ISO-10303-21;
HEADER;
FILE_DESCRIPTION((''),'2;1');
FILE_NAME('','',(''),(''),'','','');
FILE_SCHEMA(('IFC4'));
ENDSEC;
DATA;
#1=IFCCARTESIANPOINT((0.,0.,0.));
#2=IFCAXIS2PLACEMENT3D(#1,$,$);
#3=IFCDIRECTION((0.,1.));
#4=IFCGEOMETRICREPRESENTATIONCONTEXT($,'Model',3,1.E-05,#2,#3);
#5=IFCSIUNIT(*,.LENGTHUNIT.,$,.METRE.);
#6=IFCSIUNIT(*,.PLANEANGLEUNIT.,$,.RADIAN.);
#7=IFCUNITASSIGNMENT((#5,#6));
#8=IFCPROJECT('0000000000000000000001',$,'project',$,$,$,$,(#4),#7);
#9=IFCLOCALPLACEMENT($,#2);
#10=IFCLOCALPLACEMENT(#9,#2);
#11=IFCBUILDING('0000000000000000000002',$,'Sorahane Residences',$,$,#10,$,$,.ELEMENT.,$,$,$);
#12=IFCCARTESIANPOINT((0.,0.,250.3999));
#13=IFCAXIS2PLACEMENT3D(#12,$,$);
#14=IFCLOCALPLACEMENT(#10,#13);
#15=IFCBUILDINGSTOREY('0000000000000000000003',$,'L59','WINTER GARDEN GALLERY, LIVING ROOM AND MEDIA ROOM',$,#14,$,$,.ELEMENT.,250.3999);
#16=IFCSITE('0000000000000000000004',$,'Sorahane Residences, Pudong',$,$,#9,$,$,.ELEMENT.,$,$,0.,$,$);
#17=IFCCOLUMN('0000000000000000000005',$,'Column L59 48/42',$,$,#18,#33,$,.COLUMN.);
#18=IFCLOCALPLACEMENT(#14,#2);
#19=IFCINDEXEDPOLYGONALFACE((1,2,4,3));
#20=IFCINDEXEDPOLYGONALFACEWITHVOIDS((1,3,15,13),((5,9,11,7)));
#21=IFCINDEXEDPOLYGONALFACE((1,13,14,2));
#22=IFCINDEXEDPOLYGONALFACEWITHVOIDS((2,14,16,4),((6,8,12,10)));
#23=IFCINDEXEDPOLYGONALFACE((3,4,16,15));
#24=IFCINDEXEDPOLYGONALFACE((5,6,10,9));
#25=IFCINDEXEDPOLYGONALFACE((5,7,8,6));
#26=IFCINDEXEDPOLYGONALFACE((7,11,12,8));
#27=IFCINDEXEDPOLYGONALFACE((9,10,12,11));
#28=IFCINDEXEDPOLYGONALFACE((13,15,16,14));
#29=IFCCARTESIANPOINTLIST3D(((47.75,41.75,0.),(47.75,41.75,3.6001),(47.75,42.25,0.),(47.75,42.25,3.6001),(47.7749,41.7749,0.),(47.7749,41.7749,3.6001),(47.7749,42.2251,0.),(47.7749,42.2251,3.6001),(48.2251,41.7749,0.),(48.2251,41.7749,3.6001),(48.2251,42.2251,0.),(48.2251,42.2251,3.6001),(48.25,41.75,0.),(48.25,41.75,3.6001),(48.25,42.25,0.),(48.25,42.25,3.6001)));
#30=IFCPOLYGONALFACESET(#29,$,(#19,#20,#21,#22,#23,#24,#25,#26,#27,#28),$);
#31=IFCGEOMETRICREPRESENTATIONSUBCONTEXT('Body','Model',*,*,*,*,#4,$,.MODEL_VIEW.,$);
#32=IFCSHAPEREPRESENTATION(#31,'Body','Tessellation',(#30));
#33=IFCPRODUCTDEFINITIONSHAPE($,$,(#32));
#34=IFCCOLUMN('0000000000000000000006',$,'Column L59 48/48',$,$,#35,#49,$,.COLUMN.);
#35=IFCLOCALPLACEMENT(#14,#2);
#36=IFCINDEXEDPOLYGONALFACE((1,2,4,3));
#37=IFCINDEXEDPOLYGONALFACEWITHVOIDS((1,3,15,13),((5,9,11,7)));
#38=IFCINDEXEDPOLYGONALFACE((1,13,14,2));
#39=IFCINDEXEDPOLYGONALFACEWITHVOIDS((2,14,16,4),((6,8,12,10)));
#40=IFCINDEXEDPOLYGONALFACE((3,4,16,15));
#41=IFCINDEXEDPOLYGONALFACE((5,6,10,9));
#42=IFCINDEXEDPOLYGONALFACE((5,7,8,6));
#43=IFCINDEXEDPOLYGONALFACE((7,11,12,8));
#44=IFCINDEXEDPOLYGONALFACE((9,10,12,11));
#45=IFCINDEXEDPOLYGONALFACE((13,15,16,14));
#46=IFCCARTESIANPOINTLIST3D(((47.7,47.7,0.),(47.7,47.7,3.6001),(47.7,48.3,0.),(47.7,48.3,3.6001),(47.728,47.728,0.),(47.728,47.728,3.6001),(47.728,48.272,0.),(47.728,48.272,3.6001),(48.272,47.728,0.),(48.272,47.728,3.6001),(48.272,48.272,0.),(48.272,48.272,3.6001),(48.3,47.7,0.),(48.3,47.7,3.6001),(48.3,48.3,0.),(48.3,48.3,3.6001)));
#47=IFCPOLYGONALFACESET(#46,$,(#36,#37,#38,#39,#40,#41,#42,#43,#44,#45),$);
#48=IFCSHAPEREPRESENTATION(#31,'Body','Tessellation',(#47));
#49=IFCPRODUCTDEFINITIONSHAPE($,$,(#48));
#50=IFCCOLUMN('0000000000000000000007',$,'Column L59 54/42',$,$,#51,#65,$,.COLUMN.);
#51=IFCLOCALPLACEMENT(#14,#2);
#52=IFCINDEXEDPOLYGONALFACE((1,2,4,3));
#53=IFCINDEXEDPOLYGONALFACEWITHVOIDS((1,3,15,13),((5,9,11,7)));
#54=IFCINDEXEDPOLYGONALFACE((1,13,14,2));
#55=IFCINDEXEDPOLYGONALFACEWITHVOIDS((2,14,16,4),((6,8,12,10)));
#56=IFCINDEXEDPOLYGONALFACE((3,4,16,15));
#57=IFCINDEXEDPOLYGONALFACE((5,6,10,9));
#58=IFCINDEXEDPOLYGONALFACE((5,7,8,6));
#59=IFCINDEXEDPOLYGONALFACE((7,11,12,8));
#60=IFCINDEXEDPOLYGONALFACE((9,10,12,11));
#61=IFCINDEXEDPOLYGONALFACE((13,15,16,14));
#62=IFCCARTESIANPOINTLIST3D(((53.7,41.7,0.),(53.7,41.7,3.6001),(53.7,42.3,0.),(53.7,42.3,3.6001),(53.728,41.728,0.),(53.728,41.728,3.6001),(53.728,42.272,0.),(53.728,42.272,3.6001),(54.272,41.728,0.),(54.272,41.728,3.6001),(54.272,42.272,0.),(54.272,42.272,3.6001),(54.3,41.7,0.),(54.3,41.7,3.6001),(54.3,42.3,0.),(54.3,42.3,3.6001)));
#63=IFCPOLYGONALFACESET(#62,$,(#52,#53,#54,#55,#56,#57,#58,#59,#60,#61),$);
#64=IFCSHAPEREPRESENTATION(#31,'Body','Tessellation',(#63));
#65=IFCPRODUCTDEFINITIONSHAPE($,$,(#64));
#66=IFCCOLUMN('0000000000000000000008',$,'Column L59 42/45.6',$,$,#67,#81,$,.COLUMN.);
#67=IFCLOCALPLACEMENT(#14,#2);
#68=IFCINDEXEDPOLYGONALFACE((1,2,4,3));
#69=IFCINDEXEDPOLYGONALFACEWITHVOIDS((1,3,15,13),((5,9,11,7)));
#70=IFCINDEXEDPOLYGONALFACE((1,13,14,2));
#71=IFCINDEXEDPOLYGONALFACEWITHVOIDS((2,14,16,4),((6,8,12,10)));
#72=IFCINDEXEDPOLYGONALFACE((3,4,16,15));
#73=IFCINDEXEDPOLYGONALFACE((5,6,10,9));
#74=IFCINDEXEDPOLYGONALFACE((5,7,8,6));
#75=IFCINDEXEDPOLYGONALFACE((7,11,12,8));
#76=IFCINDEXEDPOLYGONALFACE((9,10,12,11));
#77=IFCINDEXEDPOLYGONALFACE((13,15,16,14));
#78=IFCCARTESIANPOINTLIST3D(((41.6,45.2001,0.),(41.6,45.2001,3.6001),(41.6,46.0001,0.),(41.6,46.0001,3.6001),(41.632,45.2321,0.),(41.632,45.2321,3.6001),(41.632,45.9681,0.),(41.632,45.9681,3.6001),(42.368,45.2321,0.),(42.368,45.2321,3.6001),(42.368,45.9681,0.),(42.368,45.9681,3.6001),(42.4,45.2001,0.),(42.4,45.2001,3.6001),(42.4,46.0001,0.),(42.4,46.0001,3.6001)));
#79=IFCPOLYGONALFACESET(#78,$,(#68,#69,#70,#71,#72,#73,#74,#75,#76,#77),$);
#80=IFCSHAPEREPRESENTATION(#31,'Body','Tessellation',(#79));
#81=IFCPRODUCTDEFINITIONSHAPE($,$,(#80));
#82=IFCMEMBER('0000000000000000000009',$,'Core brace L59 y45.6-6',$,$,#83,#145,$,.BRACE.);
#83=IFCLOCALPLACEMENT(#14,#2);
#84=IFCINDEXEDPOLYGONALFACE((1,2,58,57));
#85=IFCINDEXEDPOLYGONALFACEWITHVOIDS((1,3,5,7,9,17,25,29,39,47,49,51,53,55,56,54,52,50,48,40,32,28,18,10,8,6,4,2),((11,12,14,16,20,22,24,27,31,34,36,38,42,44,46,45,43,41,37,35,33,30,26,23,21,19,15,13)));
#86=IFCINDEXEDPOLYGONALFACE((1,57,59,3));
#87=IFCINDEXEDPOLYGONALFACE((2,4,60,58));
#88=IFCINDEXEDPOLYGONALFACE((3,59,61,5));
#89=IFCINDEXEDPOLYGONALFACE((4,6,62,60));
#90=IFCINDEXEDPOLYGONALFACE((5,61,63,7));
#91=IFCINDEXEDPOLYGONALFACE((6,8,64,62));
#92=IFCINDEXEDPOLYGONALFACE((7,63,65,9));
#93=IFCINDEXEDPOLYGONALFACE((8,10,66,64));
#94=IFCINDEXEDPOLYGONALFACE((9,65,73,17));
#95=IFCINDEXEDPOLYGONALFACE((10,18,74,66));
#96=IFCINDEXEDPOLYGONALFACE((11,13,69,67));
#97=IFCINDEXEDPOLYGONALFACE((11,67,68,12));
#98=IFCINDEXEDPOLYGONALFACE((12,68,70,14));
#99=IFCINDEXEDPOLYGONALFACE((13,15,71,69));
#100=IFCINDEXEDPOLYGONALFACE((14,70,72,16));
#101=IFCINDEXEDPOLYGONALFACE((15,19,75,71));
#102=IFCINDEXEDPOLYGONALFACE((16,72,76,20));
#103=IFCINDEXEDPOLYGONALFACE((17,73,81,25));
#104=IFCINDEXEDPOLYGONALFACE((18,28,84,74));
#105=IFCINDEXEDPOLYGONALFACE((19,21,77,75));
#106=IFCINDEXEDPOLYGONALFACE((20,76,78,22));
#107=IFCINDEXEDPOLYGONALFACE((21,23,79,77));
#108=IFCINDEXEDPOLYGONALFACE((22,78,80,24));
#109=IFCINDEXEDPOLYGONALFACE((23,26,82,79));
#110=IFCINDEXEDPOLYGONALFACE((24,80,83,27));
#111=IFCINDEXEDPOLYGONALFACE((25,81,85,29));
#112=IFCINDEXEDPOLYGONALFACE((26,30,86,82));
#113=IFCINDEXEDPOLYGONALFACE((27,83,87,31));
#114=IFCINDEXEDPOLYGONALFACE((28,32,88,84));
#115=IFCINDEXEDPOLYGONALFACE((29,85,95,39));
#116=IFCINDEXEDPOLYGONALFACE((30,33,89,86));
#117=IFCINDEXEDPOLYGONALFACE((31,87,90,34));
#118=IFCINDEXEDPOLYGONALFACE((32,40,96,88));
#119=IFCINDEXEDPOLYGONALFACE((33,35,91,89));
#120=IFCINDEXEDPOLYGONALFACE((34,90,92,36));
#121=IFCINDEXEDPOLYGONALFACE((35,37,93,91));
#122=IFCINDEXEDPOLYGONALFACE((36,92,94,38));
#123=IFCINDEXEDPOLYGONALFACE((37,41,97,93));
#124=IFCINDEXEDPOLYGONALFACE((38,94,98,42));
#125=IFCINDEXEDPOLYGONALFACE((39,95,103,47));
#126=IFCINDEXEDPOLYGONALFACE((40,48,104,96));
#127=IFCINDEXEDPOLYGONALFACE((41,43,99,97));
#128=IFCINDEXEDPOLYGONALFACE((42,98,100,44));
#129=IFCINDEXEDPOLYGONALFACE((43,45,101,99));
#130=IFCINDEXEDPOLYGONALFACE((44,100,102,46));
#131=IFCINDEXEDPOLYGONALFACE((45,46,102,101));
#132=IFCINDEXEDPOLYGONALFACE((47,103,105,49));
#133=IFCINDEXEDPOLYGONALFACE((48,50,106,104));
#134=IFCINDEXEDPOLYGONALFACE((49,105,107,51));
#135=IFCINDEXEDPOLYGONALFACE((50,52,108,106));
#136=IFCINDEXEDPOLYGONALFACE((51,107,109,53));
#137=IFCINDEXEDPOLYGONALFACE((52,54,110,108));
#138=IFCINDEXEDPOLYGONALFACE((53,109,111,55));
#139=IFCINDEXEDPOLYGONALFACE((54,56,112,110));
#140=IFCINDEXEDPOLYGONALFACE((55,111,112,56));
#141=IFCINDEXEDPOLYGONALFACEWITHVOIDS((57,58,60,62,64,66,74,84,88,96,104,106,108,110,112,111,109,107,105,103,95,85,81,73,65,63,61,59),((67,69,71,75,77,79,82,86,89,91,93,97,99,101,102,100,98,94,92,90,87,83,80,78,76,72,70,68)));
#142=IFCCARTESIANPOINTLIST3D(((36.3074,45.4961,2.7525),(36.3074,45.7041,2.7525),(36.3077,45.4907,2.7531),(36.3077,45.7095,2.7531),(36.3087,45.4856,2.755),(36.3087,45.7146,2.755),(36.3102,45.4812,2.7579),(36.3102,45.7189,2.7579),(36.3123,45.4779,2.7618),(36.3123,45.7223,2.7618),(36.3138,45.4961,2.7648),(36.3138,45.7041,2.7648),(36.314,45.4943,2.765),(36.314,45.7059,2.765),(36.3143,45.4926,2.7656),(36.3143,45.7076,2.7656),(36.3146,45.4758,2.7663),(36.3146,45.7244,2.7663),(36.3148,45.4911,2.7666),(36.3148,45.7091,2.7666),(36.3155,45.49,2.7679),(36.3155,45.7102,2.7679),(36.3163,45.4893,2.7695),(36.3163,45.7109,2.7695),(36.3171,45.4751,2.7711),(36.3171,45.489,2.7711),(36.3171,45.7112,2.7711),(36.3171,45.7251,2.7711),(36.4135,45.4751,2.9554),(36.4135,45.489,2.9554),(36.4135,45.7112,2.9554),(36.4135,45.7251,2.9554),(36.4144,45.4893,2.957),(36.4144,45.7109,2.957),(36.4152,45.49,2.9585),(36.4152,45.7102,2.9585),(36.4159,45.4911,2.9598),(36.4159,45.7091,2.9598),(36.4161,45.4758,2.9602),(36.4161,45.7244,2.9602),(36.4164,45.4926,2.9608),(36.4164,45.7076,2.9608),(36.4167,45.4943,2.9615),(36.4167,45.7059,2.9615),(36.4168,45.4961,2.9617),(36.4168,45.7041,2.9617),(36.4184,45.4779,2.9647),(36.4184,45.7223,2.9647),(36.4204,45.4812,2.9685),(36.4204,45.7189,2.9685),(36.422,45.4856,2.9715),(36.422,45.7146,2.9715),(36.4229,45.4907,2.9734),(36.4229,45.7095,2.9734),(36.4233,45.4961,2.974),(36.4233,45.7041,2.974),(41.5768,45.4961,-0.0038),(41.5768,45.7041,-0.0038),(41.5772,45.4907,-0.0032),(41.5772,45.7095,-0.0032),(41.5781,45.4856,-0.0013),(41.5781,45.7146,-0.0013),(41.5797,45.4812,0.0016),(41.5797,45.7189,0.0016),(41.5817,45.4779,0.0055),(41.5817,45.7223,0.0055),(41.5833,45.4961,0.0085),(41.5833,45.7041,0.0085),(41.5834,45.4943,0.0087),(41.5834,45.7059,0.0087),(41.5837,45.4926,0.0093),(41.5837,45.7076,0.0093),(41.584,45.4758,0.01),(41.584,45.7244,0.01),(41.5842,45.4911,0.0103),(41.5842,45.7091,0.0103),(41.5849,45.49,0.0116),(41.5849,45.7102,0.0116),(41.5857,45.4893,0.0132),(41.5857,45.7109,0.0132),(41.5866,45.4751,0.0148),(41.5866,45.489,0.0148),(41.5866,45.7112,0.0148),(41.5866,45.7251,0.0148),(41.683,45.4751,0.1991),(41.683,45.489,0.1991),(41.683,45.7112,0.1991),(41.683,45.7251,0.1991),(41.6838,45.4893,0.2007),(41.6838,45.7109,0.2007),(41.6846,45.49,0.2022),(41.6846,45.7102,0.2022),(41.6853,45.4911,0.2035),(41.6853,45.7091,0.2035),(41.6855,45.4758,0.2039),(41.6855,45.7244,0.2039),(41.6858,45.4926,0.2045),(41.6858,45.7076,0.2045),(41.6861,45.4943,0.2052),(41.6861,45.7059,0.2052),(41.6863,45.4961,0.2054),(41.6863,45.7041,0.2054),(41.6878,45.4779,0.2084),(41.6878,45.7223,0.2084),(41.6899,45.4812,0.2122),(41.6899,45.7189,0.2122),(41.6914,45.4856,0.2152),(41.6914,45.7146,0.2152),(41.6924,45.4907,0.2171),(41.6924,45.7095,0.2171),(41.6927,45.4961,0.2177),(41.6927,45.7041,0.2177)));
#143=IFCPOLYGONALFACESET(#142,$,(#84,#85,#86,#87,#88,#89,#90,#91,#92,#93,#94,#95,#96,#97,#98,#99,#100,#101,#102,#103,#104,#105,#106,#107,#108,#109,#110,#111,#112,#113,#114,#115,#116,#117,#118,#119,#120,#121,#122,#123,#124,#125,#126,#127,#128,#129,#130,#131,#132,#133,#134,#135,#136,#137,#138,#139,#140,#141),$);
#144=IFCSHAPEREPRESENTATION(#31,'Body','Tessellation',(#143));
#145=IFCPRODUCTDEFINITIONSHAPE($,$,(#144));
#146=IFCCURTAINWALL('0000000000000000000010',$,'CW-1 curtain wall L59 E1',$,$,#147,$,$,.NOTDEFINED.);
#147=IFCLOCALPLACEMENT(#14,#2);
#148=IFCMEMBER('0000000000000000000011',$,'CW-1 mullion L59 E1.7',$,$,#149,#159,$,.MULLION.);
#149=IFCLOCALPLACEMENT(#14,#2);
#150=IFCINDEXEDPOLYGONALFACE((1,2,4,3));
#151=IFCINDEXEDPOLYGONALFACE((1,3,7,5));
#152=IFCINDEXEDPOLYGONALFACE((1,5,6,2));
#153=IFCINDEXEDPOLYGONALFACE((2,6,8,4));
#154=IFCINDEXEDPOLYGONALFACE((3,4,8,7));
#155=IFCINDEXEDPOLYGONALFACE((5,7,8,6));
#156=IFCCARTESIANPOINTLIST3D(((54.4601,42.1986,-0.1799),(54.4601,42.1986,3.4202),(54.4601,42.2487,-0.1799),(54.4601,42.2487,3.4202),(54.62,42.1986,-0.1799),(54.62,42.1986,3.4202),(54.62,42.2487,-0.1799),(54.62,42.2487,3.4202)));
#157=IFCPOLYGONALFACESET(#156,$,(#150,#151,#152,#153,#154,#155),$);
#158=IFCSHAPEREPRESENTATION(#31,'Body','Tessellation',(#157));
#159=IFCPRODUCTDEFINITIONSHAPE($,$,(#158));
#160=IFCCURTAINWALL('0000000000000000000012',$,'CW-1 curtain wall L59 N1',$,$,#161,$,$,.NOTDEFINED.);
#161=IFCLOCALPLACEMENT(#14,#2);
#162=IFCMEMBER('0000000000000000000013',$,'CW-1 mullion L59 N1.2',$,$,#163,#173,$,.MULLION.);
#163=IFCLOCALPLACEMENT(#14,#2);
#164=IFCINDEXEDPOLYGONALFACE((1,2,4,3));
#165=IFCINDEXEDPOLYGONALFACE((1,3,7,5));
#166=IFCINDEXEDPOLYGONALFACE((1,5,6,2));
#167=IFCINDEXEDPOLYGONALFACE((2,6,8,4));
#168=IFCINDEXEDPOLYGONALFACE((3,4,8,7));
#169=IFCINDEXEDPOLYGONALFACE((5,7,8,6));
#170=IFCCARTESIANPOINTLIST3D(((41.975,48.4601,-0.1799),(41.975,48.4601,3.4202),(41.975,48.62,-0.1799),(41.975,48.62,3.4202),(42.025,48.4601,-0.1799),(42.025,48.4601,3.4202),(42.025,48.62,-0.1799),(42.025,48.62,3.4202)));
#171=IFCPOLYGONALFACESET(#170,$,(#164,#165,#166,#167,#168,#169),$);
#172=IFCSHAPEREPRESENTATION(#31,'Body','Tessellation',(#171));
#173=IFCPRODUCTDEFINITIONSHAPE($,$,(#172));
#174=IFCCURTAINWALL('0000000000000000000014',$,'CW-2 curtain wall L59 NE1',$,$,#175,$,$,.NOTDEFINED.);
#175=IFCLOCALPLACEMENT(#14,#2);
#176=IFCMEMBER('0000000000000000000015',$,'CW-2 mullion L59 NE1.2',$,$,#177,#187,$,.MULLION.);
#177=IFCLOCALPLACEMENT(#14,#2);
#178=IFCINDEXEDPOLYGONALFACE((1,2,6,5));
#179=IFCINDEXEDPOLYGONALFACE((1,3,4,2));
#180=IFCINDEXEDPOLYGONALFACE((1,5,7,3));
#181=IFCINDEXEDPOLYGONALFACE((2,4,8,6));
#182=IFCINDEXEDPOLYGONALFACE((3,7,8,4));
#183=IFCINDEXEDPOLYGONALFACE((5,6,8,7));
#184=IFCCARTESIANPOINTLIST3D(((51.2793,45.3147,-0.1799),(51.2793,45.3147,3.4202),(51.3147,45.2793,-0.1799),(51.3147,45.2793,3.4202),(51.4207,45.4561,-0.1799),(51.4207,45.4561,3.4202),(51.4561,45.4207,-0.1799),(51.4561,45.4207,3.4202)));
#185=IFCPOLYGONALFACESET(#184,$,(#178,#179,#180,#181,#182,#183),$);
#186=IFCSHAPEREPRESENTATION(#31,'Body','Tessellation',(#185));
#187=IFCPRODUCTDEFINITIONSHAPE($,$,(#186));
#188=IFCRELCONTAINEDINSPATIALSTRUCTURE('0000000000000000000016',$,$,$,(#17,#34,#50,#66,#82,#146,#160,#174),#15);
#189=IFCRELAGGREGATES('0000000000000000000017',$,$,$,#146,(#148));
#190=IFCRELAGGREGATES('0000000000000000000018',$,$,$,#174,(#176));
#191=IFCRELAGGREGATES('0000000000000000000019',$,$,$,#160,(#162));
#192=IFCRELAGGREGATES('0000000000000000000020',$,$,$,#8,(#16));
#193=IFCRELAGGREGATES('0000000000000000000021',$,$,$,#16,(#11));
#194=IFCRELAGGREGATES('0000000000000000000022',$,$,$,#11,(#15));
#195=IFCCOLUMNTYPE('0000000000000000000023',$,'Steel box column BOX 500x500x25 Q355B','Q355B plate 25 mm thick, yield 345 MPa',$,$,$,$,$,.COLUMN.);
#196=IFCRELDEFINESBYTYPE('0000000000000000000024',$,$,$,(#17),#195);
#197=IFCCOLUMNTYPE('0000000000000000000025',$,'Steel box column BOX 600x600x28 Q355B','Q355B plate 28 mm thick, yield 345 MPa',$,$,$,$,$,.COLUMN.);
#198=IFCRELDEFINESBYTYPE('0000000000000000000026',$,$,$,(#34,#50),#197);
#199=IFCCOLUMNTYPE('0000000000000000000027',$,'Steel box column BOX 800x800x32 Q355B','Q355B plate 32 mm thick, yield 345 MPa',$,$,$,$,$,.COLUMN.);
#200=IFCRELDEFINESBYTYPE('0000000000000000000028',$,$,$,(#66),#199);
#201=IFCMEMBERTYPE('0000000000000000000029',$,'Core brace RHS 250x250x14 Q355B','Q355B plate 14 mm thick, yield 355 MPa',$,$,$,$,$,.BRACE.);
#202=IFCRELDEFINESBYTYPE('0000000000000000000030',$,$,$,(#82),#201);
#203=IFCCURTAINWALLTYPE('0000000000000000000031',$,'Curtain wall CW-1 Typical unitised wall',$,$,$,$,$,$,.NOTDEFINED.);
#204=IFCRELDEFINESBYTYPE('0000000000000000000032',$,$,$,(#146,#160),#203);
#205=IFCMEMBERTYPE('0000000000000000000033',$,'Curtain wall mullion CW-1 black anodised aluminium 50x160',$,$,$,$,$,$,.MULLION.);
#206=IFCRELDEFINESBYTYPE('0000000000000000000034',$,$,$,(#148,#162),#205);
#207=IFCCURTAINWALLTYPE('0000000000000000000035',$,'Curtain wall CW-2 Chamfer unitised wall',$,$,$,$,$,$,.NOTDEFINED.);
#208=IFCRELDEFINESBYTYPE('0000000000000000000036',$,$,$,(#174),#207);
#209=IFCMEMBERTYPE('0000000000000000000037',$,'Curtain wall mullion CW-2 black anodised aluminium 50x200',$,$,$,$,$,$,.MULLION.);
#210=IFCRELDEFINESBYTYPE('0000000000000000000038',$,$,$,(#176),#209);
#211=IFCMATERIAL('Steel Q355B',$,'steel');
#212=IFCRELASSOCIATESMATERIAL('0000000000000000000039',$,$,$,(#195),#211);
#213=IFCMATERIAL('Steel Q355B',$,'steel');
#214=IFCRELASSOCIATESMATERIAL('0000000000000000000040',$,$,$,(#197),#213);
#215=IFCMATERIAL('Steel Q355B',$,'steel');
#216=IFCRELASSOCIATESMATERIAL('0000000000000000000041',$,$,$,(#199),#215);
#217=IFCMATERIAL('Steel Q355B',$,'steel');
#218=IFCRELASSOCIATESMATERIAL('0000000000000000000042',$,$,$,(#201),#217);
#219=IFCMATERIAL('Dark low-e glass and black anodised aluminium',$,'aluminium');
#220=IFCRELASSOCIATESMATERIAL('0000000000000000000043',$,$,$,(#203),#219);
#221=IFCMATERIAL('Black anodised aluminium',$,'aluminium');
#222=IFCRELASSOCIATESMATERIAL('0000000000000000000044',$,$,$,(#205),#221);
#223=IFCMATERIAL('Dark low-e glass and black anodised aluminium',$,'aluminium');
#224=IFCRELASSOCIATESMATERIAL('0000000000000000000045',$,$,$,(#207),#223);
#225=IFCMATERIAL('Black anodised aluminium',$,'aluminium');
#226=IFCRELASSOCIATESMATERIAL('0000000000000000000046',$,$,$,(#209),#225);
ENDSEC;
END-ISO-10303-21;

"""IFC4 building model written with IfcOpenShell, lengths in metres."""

from ifc_helpers import new_model, si_unit, direction, frame, origin, origin_2d, place, context, subcontext, project, spatial, rectangle, hollow_rectangle, extrude, material, material_profile, profile_set, type_object, element, aggregate, save


model = new_model("IFC4")

# Units and contexts
model_context = context("Model", 3, precision=1e-05, world=origin(), true_north=direction((0.0, 1.0)))
body_context = subcontext(model_context, "Body", "Model", "MODEL_VIEW")
ifc_project = project(units=[si_unit("LENGTHUNIT", "METRE"), si_unit("PLANEANGLEUNIT", "RADIAN")], contexts=[model_context])

# Site, building, storey
site_placement = place(None, origin())
site = spatial("IfcSite", under=ifc_project, at=site_placement, Name="Sorahane Residences, Pudong", CompositionType="ELEMENT", RefElevation=0.0)
building_placement = place(site_placement, origin())
building = spatial("IfcBuilding", under=site, at=building_placement, Name="Sorahane Residences", CompositionType="ELEMENT")
storey_placement = place(building_placement, frame((0.0, 0.0, 250.3999)))
storey = spatial("IfcBuildingStorey", under=building, at=storey_placement, Name="L59", Description="WINTER GARDEN GALLERY, LIVING ROOM AND MEDIA ROOM", CompositionType="ELEMENT", Elevation=250.3999)

# Columns
ifc_material_1 = material(Name="Steel Q355B", Category="steel")
ifc_material_profile_1 = material_profile(ifc_material_1, hollow_rectangle(XDim=0.5, YDim=0.5, WallThickness=0.0249, at=origin_2d()), Name="BOX 500x500x25")
ifc_profile_set_1 = profile_set([ifc_material_profile_1], Name="Steel Q355B")
column_type_1 = type_object("IfcColumnType", Name="Steel box column BOX 500x500x25 Q355B", Description="Q355B plate 25 mm thick, yield 345 MPa", PredefinedType="COLUMN", material=ifc_profile_set_1)
column_1_placement = place(storey_placement, frame((48.0, 42.0, 0.0), z_axis=(0.0, 0.0, 1.0), x_axis=(1.0, 0.0, 0.0)))
element("IfcColumn", 1, at=column_1_placement, inside=storey, type_object=column_type_1, Name="Column L59 48/42", PredefinedType="COLUMN", context=body_context, shape_type="SweptSolid", body=[
    extrude(hollow_rectangle(XDim=0.5, YDim=0.5, WallThickness=0.0249, at=origin_2d()), origin(), (0.0, 0.0, 1.0), 3.6001),
])
ifc_material_2 = material(Name="Steel Q355B", Category="steel")
ifc_material_profile_2 = material_profile(ifc_material_2, hollow_rectangle(XDim=0.6001, YDim=0.6001, WallThickness=0.0281, at=origin_2d()), Name="BOX 600x600x28")
ifc_profile_set_2 = profile_set([ifc_material_profile_2], Name="Steel Q355B")
column_type_2 = type_object("IfcColumnType", Name="Steel box column BOX 600x600x28 Q355B", Description="Q355B plate 28 mm thick, yield 345 MPa", PredefinedType="COLUMN", material=ifc_profile_set_2)
for number, where, z_axis, x_axis, name in (
    (2, (48.0, 48.0, 0.0), (0.0, 0.0, 1.0), (1.0, 0.0, 0.0), "Column L59 48/48"),
    (3, (54.0, 42.0, 0.0), (0.0, 0.0, 1.0), (1.0, 0.0, 0.0), "Column L59 54/42"),
):
    element("IfcColumn", number, at=place(storey_placement, frame(where, z_axis=z_axis, x_axis=x_axis)), inside=storey, type_object=column_type_2, Name=name, PredefinedType="COLUMN", context=body_context, shape_type="SweptSolid", body=[
        extrude(hollow_rectangle(XDim=0.6001, YDim=0.6001, WallThickness=0.0281, at=origin_2d()), origin(), (0.0, 0.0, 1.0), 3.6001),
    ])
ifc_material_3 = material(Name="Steel Q355B", Category="steel")
ifc_material_profile_3 = material_profile(ifc_material_3, hollow_rectangle(XDim=0.8, YDim=0.8, WallThickness=0.032, at=origin_2d()), Name="BOX 800x800x32")
ifc_profile_set_3 = profile_set([ifc_material_profile_3], Name="Steel Q355B")
column_type_3 = type_object("IfcColumnType", Name="Steel box column BOX 800x800x32 Q355B", Description="Q355B plate 32 mm thick, yield 345 MPa", PredefinedType="COLUMN", material=ifc_profile_set_3)
column_2_placement = place(storey_placement, frame((42.0, 45.6001, 0.0), z_axis=(0.0, 0.0, 1.0), x_axis=(1.0, 0.0, 0.0)))
element("IfcColumn", 4, at=column_2_placement, inside=storey, type_object=column_type_3, Name="Column L59 42/45.6", PredefinedType="COLUMN", context=body_context, shape_type="SweptSolid", body=[
    extrude(hollow_rectangle(XDim=0.8, YDim=0.8, WallThickness=0.032, at=origin_2d()), origin(), (0.0, 0.0, 1.0), 3.6001),
])

# Member
ifc_material_4 = material(Name="Steel Q355B", Category="steel")
ifc_material_profile_4 = material_profile(ifc_material_4, hollow_rectangle(XDim=0.25, YDim=0.25, WallThickness=0.0139, InnerFilletRadius=0.0071, OuterFilletRadius=0.021, at=origin_2d()), Name="RHS 250x250x14")
ifc_profile_set_4 = profile_set([ifc_material_profile_4], Name="Steel Q355B")
member_type_1 = type_object("IfcMemberType", Name="Core brace RHS 250x250x14 Q355B", Description="Q355B plate 14 mm thick, yield 355 MPa", PredefinedType="BRACE", material=ifc_profile_set_4)
member_1_placement = place(storey_placement, frame((41.6348, 45.6001, 0.1069), z_axis=(-0.8861, 0.0, 0.463495), x_axis=(0.0, -1.0, 0.0)))
element("IfcMember", 5, at=member_1_placement, inside=storey, type_object=member_type_1, Name="Core brace L59 y45.6-6", PredefinedType="BRACE", context=body_context, shape_type="SweptSolid", body=[
    extrude(hollow_rectangle(XDim=0.25, YDim=0.25, WallThickness=0.0139, InnerFilletRadius=0.0071, OuterFilletRadius=0.021, at=origin_2d()), origin(), (0.0, 0.0, 1.0), 5.9468),
])

# Curtain walls, members
ifc_material_5 = material(Name="Dark low-e glass and black anodised aluminium", Category="aluminium")
curtain_wall_type_1 = type_object("IfcCurtainWallType", Name="Curtain wall CW-1 Typical unitised wall", PredefinedType="NOTDEFINED", material=ifc_material_5)
curtain_wall_1_placement = place(storey_placement, origin())
curtain_wall_1 = element("IfcCurtainWall", 6, at=curtain_wall_1_placement, inside=storey, type_object=curtain_wall_type_1, Name="CW-1 curtain wall L59 E1", PredefinedType="NOTDEFINED")
ifc_material_6 = material(Name="Black anodised aluminium", Category="aluminium")
ifc_material_profile_5 = material_profile(ifc_material_6, rectangle(XDim=0.1599, YDim=0.05, at=origin_2d()), Name="Curtain wall mullion CW-1 black anodised aluminium 50x160")
ifc_profile_set_5 = profile_set([ifc_material_profile_5], Name="Black anodised aluminium")
member_type_2 = type_object("IfcMemberType", Name="Curtain wall mullion CW-1 black anodised aluminium 50x160", PredefinedType="MULLION", material=ifc_profile_set_5)
member_2_placement = place(storey_placement, frame((54.54, 42.2236, -0.1799), z_axis=(0.0, 0.0, 1.0), x_axis=(1.0, 0.0, 0.0)))
member_2 = element("IfcMember", 7, at=member_2_placement, type_object=member_type_2, Name="CW-1 mullion L59 E1.7", PredefinedType="MULLION", context=body_context, shape_type="SweptSolid", body=[
    extrude(rectangle(XDim=0.1599, YDim=0.05, at=origin_2d()), origin(), (0.0, 0.0, 1.0), 3.6001),
])
curtain_wall_2_placement = place(storey_placement, origin())
curtain_wall_2 = element("IfcCurtainWall", 8, at=curtain_wall_2_placement, inside=storey, type_object=curtain_wall_type_1, Name="CW-1 curtain wall L59 N1", PredefinedType="NOTDEFINED")
member_3_placement = place(storey_placement, frame((42.0, 48.54, -0.1799), z_axis=(0.0, 0.0, 1.0), x_axis=(0.0, 1.0, 0.0)))
member_3 = element("IfcMember", 9, at=member_3_placement, type_object=member_type_2, Name="CW-1 mullion L59 N1.2", PredefinedType="MULLION", context=body_context, shape_type="SweptSolid", body=[
    extrude(rectangle(XDim=0.1599, YDim=0.05, at=origin_2d()), origin(), (0.0, 0.0, 1.0), 3.6001),
])

# Curtain wall, member
ifc_material_7 = material(Name="Dark low-e glass and black anodised aluminium", Category="aluminium")
curtain_wall_type_2 = type_object("IfcCurtainWallType", Name="Curtain wall CW-2 Chamfer unitised wall", PredefinedType="NOTDEFINED", material=ifc_material_7)
curtain_wall_3_placement = place(storey_placement, origin())
curtain_wall_3 = element("IfcCurtainWall", 10, at=curtain_wall_3_placement, inside=storey, type_object=curtain_wall_type_2, Name="CW-2 curtain wall L59 NE1", PredefinedType="NOTDEFINED")
ifc_material_8 = material(Name="Black anodised aluminium", Category="aluminium")
ifc_material_profile_6 = material_profile(ifc_material_8, rectangle(XDim=0.2, YDim=0.05, at=origin_2d()), Name="Curtain wall mullion CW-2 black anodised aluminium 50x200")
ifc_profile_set_6 = profile_set([ifc_material_profile_6], Name="Black anodised aluminium")
member_type_3 = type_object("IfcMemberType", Name="Curtain wall mullion CW-2 black anodised aluminium 50x200", PredefinedType="MULLION", material=ifc_profile_set_6)
member_4_placement = place(storey_placement, frame((51.3677, 45.3677, -0.1799), z_axis=(0.0, 0.0, 1.0), x_axis=(0.707107, 0.707107, 0.0)))
member_4 = element("IfcMember", 11, at=member_4_placement, type_object=member_type_3, Name="CW-2 mullion L59 NE1.2", PredefinedType="MULLION", context=body_context, shape_type="SweptSolid", body=[
    extrude(rectangle(XDim=0.2, YDim=0.05, at=origin_2d()), origin(), (0.0, 0.0, 1.0), 3.6001),
])

aggregate(curtain_wall_1, [member_2])
aggregate(curtain_wall_3, [member_4])
aggregate(curtain_wall_2, [member_3])

save(model, "model.ifc")
